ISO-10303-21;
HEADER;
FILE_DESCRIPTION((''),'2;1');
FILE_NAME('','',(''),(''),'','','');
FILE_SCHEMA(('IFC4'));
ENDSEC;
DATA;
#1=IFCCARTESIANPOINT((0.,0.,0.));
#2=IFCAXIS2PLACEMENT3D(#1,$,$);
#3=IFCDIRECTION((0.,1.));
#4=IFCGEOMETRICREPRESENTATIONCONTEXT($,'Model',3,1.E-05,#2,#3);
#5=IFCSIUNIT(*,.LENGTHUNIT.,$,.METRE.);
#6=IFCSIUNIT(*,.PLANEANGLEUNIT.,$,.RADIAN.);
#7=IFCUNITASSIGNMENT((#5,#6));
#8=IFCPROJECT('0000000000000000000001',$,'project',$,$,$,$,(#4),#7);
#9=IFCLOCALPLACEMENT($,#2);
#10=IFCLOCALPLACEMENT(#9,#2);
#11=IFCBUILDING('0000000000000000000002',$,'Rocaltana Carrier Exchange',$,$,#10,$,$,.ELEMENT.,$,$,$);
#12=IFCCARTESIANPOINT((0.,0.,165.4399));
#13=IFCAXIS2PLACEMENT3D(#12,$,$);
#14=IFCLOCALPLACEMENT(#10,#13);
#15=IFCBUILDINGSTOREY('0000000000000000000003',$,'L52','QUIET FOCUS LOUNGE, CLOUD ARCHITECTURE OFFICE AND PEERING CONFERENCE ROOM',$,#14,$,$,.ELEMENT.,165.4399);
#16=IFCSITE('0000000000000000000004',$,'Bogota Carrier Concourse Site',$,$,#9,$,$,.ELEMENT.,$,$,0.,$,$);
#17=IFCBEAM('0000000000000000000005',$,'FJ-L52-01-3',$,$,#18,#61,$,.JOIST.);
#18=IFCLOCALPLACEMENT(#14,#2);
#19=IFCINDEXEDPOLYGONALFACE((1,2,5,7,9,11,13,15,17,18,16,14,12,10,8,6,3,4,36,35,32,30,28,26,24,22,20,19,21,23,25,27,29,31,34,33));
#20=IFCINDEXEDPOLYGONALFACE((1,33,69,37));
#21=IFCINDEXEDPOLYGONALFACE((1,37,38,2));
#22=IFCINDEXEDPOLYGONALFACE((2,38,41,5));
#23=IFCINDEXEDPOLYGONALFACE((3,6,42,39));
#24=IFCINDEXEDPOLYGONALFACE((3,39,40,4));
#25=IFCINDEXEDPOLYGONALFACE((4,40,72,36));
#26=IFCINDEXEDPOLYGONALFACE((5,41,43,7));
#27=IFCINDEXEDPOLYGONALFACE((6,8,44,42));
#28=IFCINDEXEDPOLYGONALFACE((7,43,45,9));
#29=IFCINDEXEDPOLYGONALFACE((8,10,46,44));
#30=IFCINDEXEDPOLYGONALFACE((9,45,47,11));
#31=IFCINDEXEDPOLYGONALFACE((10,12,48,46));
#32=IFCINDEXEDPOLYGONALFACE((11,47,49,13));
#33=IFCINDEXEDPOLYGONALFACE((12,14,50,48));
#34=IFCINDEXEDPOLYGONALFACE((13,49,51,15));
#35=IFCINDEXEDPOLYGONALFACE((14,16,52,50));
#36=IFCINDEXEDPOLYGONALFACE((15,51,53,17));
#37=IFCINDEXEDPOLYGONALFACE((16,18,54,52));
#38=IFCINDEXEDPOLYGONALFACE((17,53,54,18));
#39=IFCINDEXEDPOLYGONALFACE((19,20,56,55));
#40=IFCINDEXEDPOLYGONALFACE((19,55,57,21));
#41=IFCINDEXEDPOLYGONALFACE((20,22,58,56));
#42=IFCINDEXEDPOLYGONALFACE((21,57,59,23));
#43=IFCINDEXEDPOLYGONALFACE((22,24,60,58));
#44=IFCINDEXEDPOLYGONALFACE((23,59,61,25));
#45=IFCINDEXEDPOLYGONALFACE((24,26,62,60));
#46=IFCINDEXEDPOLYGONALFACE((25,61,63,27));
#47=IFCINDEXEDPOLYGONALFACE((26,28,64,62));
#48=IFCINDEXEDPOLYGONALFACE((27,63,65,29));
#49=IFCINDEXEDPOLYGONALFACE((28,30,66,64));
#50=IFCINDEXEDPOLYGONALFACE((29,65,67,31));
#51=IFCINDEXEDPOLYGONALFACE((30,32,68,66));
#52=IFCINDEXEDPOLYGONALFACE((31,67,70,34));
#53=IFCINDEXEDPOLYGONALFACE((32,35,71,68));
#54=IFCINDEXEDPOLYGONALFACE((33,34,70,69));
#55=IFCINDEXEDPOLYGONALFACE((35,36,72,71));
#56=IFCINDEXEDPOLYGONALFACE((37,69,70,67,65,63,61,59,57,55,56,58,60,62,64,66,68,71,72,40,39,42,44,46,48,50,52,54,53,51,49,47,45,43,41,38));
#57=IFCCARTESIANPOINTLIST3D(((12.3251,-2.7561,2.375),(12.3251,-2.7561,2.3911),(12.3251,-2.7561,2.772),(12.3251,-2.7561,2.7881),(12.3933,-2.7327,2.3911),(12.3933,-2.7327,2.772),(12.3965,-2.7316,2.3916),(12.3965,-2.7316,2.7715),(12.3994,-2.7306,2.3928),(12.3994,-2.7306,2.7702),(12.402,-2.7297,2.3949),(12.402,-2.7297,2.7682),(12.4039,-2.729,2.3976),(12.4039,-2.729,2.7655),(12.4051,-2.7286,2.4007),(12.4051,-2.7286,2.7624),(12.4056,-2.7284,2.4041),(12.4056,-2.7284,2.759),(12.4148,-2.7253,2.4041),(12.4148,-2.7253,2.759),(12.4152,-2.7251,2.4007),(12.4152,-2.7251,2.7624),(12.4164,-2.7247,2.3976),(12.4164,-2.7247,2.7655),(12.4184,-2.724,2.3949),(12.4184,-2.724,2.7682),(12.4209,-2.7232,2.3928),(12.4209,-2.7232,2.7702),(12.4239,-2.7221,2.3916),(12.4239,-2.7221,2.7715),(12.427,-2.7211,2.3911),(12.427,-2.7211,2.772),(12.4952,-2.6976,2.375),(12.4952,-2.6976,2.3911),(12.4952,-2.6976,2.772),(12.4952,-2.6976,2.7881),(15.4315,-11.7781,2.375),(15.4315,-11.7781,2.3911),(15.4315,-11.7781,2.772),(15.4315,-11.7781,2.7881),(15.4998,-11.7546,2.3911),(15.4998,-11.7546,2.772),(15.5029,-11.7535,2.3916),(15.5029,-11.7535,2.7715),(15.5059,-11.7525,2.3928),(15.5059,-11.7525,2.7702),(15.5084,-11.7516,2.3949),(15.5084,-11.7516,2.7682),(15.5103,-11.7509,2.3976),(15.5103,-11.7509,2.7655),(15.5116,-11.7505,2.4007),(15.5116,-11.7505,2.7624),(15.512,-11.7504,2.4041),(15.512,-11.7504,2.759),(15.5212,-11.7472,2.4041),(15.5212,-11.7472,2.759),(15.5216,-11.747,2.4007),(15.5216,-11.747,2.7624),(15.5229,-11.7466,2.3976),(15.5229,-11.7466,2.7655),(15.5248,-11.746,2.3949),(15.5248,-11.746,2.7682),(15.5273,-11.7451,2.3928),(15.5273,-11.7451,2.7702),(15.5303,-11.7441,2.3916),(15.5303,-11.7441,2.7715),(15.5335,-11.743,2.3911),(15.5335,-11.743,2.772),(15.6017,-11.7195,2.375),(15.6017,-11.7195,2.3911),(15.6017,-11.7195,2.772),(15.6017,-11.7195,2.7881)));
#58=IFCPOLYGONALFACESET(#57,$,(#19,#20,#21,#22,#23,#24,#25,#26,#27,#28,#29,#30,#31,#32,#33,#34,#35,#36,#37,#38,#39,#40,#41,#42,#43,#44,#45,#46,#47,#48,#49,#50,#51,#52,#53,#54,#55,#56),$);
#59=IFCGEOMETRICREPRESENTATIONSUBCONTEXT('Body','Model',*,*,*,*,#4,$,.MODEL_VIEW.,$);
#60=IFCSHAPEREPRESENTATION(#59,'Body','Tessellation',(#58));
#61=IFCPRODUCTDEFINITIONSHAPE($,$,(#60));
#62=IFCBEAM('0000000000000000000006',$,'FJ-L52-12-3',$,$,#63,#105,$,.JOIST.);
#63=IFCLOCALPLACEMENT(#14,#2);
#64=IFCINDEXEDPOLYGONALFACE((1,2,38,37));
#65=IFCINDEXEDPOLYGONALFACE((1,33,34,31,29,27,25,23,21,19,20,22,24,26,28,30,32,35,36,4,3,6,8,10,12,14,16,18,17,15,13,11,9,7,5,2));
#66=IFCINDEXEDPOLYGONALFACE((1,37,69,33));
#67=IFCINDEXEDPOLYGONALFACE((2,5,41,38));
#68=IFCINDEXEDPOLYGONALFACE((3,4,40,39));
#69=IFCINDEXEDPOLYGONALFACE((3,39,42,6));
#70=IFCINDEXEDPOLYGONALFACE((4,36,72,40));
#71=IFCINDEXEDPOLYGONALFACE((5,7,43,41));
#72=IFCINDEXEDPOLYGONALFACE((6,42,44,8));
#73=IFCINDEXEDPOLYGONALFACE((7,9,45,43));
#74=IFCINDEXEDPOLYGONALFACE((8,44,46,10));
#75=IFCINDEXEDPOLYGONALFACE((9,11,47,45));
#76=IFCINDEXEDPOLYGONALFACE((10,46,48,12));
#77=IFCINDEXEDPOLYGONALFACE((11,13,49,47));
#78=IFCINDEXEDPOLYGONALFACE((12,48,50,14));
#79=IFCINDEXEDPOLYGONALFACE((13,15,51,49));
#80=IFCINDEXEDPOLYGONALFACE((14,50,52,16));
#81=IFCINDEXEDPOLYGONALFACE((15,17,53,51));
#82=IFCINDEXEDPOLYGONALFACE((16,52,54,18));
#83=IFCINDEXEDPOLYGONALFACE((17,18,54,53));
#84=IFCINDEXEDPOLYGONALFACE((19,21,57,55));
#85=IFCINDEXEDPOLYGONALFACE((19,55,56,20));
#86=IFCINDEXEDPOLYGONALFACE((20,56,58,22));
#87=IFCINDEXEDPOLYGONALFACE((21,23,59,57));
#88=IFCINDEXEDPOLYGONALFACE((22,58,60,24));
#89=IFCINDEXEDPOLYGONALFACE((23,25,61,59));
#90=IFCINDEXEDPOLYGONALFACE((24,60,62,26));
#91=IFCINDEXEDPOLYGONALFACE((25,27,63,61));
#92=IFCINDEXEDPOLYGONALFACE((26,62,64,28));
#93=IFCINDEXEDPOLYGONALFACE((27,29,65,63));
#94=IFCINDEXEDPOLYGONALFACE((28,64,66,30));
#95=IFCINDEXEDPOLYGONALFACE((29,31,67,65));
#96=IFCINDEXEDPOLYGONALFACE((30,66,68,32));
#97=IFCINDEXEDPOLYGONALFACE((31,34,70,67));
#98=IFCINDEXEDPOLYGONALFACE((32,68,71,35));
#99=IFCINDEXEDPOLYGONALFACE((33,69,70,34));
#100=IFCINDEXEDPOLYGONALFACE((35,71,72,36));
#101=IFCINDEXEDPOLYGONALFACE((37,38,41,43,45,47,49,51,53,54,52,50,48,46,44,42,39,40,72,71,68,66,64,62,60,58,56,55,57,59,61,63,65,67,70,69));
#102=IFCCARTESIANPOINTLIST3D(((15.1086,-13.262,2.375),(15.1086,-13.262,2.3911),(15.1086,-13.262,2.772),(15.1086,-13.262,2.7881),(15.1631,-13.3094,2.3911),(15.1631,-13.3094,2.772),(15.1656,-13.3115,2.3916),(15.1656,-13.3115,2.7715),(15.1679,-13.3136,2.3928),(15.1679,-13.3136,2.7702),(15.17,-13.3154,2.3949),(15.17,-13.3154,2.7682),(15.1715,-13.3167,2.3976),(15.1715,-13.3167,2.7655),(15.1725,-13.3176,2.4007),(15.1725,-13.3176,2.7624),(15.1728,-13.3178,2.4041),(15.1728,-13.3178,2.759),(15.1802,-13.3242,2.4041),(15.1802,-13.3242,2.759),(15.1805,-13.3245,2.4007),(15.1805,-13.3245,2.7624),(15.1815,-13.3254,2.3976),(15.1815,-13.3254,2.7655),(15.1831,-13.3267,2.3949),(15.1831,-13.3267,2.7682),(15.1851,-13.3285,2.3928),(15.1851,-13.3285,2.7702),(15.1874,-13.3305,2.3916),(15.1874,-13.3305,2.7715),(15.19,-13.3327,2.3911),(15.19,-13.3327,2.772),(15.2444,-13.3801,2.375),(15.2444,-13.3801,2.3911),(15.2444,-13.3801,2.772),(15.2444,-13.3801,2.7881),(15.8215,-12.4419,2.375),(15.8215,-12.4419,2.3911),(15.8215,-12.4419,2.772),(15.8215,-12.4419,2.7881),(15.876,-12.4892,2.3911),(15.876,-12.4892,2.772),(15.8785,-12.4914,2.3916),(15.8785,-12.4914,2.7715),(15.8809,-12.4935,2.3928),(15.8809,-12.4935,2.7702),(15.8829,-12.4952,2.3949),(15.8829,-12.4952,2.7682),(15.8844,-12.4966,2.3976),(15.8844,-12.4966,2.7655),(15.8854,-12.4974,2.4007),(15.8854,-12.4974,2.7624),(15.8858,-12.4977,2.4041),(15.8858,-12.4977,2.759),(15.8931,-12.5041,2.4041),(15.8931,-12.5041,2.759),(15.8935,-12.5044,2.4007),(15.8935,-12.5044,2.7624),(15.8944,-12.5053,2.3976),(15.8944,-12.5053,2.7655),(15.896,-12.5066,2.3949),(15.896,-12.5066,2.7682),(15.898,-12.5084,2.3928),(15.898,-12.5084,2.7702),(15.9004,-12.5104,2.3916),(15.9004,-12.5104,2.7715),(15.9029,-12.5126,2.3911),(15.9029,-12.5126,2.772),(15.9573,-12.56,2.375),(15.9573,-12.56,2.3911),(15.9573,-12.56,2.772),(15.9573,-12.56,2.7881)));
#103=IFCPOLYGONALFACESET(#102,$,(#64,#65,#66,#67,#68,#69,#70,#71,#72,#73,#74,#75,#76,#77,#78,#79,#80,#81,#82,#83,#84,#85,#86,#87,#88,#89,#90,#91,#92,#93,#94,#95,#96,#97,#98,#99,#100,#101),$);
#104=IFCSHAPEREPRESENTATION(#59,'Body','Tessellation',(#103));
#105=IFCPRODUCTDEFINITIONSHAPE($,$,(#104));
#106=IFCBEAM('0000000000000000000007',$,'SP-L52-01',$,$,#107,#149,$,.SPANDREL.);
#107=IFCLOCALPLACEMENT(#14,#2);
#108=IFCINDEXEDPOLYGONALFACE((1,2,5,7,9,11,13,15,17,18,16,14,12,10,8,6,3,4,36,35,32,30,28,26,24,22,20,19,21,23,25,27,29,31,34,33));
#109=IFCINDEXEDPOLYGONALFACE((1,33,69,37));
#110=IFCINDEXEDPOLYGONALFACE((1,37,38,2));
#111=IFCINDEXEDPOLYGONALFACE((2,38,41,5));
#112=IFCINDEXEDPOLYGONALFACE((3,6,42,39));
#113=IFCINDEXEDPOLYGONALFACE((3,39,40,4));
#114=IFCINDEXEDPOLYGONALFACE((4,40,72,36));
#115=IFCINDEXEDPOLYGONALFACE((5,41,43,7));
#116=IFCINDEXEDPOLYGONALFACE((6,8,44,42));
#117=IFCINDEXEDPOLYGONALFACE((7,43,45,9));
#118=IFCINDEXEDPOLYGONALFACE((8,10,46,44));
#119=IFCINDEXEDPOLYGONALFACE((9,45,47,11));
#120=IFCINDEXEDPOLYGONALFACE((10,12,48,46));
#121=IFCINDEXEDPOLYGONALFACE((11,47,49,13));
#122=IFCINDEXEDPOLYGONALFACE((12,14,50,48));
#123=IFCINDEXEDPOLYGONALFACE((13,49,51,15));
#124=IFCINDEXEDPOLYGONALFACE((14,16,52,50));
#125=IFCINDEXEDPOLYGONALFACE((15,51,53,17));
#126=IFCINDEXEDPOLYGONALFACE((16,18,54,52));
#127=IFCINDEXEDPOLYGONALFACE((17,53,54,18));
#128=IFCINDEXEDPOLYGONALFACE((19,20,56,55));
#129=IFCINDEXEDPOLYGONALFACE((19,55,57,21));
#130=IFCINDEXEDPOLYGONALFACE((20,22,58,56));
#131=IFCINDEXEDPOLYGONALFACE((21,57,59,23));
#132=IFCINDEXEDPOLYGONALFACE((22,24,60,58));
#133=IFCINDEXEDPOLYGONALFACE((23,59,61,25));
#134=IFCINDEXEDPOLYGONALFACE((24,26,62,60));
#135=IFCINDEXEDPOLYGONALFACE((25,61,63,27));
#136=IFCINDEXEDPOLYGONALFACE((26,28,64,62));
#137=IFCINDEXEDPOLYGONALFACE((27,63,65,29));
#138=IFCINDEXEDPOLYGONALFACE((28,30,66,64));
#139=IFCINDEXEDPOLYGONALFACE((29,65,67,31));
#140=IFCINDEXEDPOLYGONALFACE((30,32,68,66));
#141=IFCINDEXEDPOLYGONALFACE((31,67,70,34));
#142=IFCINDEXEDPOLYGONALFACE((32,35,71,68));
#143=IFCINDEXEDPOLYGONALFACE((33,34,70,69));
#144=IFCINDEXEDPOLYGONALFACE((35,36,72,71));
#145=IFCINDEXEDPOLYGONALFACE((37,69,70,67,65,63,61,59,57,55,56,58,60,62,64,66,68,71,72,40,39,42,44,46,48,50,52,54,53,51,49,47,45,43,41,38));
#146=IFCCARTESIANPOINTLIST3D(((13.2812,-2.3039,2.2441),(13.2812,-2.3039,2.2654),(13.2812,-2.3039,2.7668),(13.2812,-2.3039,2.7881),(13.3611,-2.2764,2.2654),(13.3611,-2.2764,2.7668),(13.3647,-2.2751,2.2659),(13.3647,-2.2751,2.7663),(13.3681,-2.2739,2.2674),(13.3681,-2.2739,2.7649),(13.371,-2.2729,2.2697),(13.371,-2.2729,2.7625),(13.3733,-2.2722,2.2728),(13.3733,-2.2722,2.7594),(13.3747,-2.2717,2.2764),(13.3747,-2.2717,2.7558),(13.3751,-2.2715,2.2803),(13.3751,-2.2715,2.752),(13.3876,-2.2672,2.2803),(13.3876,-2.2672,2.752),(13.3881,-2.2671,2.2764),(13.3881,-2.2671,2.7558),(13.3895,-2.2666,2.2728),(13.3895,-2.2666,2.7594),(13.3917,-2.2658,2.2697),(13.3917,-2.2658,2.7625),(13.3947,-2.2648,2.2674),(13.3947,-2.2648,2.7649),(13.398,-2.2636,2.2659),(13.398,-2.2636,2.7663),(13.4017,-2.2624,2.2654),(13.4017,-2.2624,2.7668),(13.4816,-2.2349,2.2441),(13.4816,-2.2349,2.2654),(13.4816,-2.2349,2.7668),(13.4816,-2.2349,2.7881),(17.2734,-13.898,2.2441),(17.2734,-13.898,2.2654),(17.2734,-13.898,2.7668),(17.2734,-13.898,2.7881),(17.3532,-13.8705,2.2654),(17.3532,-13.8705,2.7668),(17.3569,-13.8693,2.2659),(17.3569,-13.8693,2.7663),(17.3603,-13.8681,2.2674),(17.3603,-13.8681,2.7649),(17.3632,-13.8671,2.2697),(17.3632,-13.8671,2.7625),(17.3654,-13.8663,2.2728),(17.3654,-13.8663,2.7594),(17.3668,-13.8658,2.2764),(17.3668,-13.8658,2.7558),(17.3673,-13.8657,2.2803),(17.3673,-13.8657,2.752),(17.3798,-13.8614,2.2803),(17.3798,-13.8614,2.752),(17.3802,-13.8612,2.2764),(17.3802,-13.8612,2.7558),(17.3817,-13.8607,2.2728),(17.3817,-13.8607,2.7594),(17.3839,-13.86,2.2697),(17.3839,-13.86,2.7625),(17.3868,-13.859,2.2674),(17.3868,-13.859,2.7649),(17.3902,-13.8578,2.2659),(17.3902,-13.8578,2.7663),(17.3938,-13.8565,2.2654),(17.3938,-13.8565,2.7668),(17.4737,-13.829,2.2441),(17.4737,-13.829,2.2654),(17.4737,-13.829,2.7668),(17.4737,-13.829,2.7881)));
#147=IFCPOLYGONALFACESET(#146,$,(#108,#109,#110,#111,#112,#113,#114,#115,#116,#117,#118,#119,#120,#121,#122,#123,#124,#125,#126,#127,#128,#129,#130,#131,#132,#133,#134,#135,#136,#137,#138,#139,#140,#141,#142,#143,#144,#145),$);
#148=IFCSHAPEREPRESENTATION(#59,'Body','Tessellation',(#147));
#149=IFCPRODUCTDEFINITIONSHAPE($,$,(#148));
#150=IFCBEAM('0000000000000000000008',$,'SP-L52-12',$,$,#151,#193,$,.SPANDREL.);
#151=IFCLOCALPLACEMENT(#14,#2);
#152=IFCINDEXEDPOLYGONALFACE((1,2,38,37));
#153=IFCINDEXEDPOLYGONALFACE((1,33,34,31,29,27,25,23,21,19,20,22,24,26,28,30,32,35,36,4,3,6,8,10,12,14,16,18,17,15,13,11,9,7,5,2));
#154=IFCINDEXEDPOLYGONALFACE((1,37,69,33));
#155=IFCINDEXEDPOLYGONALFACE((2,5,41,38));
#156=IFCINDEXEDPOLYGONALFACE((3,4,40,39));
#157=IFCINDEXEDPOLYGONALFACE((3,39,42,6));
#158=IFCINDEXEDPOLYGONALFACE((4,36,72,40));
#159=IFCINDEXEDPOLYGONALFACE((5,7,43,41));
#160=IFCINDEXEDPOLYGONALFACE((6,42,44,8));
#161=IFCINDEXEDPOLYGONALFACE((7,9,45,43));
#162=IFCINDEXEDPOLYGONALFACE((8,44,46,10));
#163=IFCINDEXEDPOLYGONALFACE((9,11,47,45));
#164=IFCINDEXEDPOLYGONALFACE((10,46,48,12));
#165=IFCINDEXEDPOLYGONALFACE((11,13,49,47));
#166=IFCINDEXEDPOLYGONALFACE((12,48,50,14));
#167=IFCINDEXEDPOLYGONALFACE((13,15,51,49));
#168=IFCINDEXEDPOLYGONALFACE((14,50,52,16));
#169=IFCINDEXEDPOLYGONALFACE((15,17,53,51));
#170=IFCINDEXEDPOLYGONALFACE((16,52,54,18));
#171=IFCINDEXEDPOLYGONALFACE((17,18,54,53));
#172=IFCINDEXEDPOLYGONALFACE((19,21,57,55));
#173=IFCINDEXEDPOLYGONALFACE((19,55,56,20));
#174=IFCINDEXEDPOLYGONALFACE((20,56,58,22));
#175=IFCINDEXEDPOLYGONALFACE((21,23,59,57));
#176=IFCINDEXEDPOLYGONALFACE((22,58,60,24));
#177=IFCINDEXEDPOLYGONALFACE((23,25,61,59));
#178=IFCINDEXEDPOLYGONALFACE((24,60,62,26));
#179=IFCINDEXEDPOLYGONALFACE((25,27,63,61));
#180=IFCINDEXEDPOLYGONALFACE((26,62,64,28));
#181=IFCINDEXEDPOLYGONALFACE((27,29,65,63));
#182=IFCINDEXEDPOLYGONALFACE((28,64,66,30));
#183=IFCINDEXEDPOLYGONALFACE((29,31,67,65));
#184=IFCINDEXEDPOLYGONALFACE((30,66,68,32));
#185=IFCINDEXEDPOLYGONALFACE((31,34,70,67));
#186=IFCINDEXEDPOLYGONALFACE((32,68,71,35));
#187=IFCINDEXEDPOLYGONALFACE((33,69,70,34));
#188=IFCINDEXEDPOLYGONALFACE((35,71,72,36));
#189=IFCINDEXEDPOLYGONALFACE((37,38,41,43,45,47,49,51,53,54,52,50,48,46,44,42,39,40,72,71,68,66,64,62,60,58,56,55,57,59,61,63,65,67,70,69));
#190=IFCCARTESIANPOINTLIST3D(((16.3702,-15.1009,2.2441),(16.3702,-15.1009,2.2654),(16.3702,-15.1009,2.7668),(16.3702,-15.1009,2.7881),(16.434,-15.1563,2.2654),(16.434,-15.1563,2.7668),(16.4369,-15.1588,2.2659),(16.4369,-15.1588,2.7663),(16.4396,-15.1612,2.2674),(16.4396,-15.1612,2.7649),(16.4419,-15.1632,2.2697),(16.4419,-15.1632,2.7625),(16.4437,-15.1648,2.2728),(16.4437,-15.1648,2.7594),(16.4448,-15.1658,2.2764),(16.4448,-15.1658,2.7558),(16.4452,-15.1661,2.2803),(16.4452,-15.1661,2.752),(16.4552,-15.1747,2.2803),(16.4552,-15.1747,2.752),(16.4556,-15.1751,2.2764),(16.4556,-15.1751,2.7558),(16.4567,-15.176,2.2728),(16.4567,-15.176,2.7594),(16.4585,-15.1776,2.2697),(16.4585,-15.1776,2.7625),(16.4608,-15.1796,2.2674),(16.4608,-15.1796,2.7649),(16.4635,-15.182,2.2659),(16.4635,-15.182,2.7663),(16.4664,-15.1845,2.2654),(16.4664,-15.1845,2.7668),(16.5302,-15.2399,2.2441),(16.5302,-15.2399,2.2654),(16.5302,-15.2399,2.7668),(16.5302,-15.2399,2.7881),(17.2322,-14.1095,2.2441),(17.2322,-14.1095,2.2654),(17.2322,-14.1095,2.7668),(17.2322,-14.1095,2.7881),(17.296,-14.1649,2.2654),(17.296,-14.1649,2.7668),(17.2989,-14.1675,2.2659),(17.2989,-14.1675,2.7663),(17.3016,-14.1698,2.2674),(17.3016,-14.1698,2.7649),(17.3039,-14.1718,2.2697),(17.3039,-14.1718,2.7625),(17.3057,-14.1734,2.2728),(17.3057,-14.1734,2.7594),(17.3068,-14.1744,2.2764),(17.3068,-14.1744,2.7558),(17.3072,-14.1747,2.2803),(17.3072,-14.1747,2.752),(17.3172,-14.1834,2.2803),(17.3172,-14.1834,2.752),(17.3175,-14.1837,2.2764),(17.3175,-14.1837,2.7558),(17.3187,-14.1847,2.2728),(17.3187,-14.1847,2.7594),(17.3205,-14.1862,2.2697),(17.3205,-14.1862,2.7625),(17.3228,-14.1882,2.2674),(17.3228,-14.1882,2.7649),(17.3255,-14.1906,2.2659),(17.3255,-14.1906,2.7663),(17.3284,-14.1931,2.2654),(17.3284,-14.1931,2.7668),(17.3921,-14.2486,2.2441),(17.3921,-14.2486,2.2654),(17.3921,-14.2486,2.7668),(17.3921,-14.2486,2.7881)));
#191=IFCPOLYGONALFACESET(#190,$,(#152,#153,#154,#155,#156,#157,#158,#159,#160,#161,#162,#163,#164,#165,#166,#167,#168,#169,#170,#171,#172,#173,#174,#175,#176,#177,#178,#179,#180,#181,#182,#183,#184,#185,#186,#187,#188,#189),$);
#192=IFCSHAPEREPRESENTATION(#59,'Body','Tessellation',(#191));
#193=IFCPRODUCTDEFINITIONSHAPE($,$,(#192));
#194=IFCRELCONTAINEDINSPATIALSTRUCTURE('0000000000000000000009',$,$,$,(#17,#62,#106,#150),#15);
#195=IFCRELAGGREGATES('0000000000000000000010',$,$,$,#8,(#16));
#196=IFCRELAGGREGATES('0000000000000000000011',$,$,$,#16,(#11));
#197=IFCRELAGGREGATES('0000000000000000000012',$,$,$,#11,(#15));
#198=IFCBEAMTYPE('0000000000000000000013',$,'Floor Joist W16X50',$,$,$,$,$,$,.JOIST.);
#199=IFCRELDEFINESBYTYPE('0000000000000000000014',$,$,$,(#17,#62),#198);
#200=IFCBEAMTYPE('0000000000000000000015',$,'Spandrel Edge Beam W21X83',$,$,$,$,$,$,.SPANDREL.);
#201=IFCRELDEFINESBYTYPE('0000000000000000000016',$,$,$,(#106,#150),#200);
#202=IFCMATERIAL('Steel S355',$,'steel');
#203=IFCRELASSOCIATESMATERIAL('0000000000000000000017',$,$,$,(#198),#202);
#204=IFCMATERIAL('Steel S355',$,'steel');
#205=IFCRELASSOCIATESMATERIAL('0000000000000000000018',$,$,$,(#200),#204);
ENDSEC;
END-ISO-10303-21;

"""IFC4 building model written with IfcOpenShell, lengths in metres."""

from ifc_helpers import new_model, si_unit, direction, frame, origin, origin_2d, place, context, subcontext, project, spatial, i_section, extrude, material, material_profile, profile_set, type_object, element, save


model = new_model("IFC4")

# Units and contexts
model_context = context("Model", 3, precision=1e-05, world=origin(), true_north=direction((0.0, 1.0)))
body_context = subcontext(model_context, "Body", "Model", "MODEL_VIEW")
ifc_project = project(units=[si_unit("LENGTHUNIT", "METRE"), si_unit("PLANEANGLEUNIT", "RADIAN")], contexts=[model_context])

# Site, building, storey
site_placement = place(None, origin())
site = spatial("IfcSite", under=ifc_project, at=site_placement, Name="Bogota Carrier Concourse Site", CompositionType="ELEMENT", RefElevation=0.0)
building_placement = place(site_placement, origin())
building = spatial("IfcBuilding", under=site, at=building_placement, Name="Rocaltana Carrier Exchange", CompositionType="ELEMENT")
storey_placement = place(building_placement, frame((0.0, 0.0, 165.4399)))
storey = spatial("IfcBuildingStorey", under=building, at=storey_placement, Name="L52", Description="QUIET FOCUS LOUNGE, CLOUD ARCHITECTURE OFFICE AND PEERING CONFERENCE ROOM", CompositionType="ELEMENT", Elevation=165.4399)

# Beams
ifc_material_1 = material(Name="Steel S355", Category="steel")
ifc_material_profile_1 = material_profile(ifc_material_1, i_section(OverallWidth=0.1799, OverallDepth=0.4131, WebThickness=0.0098, FlangeThickness=0.0161, FilletRadius=0.0129, at=origin_2d()), Name="W16X50")
ifc_profile_set_1 = profile_set([ifc_material_profile_1], Name="Steel S355")
beam_type_1 = type_object("IfcBeamType", Name="Floor Joist W16X50", PredefinedType="JOIST", material=ifc_profile_set_1)
beam_1_placement = place(storey_placement, frame((15.5166, -11.7488, 2.5815), z_axis=(-0.325562, 0.945521, 0.0), x_axis=(-0.945521, -0.325562, 0.0)))
element("IfcBeam", 1, at=beam_1_placement, inside=storey, type_object=beam_type_1, Name="FJ-L52-01-3", PredefinedType="JOIST", context=body_context, shape_type="SweptSolid", body=[
    extrude(i_section(OverallWidth=0.1799, OverallDepth=0.4131, WebThickness=0.0098, FlangeThickness=0.0161, FilletRadius=0.0129, at=origin_2d()), origin(), (0.0, 0.0, 1.0), 9.5417),
])
beam_2_placement = place(storey_placement, frame((15.1765, -13.321, 2.5815), z_axis=(0.656067, 0.754702, 0.0), x_axis=(-0.754702, 0.656067, 0.0)))
element("IfcBeam", 2, at=beam_2_placement, inside=storey, type_object=beam_type_1, Name="FJ-L52-12-3", PredefinedType="JOIST", context=body_context, shape_type="SweptSolid", body=[
    extrude(i_section(OverallWidth=0.1799, OverallDepth=0.4131, WebThickness=0.0098, FlangeThickness=0.0161, FilletRadius=0.0129, at=origin_2d()), origin(), (0.0, 0.0, 1.0), 1.0867),
])
ifc_material_2 = material(Name="Steel S355", Category="steel")
ifc_material_profile_2 = material_profile(ifc_material_2, i_section(OverallWidth=0.2119, OverallDepth=0.5439, WebThickness=0.0132, FlangeThickness=0.0212, FilletRadius=0.0149, at=origin_2d()), Name="W21X83")
ifc_profile_set_2 = profile_set([ifc_material_profile_2], Name="Steel S355")
beam_type_2 = type_object("IfcBeamType", Name="Spandrel Edge Beam W21X83", PredefinedType="SPANDREL", material=ifc_profile_set_2)
beam_3_placement = place(storey_placement, frame((17.3735, -13.8635, 2.5161), z_axis=(-0.325566, 0.945519, 0.0), x_axis=(-0.945519, -0.325566, 0.0)))
element("IfcBeam", 3, at=beam_3_placement, inside=storey, type_object=beam_type_2, Name="SP-L52-01", PredefinedType="SPANDREL", context=body_context, shape_type="SweptSolid", body=[
    extrude(i_section(OverallWidth=0.2119, OverallDepth=0.5439, WebThickness=0.0132, FlangeThickness=0.0212, FilletRadius=0.0149, at=origin_2d()), origin(), (0.0, 0.0, 1.0), 12.2622),
])
beam_4_placement = place(storey_placement, frame((16.4502, -15.1704, 2.5161), z_axis=(0.656147, 0.754634, 0.0), x_axis=(-0.754634, 0.656147, 0.0)))
element("IfcBeam", 4, at=beam_4_placement, inside=storey, type_object=beam_type_2, Name="SP-L52-12", PredefinedType="SPANDREL", context=body_context, shape_type="SweptSolid", body=[
    extrude(i_section(OverallWidth=0.2119, OverallDepth=0.5439, WebThickness=0.0132, FlangeThickness=0.0212, FilletRadius=0.0149, at=origin_2d()), origin(), (0.0, 0.0, 1.0), 1.3137),
])

save(model, "model.ifc")
